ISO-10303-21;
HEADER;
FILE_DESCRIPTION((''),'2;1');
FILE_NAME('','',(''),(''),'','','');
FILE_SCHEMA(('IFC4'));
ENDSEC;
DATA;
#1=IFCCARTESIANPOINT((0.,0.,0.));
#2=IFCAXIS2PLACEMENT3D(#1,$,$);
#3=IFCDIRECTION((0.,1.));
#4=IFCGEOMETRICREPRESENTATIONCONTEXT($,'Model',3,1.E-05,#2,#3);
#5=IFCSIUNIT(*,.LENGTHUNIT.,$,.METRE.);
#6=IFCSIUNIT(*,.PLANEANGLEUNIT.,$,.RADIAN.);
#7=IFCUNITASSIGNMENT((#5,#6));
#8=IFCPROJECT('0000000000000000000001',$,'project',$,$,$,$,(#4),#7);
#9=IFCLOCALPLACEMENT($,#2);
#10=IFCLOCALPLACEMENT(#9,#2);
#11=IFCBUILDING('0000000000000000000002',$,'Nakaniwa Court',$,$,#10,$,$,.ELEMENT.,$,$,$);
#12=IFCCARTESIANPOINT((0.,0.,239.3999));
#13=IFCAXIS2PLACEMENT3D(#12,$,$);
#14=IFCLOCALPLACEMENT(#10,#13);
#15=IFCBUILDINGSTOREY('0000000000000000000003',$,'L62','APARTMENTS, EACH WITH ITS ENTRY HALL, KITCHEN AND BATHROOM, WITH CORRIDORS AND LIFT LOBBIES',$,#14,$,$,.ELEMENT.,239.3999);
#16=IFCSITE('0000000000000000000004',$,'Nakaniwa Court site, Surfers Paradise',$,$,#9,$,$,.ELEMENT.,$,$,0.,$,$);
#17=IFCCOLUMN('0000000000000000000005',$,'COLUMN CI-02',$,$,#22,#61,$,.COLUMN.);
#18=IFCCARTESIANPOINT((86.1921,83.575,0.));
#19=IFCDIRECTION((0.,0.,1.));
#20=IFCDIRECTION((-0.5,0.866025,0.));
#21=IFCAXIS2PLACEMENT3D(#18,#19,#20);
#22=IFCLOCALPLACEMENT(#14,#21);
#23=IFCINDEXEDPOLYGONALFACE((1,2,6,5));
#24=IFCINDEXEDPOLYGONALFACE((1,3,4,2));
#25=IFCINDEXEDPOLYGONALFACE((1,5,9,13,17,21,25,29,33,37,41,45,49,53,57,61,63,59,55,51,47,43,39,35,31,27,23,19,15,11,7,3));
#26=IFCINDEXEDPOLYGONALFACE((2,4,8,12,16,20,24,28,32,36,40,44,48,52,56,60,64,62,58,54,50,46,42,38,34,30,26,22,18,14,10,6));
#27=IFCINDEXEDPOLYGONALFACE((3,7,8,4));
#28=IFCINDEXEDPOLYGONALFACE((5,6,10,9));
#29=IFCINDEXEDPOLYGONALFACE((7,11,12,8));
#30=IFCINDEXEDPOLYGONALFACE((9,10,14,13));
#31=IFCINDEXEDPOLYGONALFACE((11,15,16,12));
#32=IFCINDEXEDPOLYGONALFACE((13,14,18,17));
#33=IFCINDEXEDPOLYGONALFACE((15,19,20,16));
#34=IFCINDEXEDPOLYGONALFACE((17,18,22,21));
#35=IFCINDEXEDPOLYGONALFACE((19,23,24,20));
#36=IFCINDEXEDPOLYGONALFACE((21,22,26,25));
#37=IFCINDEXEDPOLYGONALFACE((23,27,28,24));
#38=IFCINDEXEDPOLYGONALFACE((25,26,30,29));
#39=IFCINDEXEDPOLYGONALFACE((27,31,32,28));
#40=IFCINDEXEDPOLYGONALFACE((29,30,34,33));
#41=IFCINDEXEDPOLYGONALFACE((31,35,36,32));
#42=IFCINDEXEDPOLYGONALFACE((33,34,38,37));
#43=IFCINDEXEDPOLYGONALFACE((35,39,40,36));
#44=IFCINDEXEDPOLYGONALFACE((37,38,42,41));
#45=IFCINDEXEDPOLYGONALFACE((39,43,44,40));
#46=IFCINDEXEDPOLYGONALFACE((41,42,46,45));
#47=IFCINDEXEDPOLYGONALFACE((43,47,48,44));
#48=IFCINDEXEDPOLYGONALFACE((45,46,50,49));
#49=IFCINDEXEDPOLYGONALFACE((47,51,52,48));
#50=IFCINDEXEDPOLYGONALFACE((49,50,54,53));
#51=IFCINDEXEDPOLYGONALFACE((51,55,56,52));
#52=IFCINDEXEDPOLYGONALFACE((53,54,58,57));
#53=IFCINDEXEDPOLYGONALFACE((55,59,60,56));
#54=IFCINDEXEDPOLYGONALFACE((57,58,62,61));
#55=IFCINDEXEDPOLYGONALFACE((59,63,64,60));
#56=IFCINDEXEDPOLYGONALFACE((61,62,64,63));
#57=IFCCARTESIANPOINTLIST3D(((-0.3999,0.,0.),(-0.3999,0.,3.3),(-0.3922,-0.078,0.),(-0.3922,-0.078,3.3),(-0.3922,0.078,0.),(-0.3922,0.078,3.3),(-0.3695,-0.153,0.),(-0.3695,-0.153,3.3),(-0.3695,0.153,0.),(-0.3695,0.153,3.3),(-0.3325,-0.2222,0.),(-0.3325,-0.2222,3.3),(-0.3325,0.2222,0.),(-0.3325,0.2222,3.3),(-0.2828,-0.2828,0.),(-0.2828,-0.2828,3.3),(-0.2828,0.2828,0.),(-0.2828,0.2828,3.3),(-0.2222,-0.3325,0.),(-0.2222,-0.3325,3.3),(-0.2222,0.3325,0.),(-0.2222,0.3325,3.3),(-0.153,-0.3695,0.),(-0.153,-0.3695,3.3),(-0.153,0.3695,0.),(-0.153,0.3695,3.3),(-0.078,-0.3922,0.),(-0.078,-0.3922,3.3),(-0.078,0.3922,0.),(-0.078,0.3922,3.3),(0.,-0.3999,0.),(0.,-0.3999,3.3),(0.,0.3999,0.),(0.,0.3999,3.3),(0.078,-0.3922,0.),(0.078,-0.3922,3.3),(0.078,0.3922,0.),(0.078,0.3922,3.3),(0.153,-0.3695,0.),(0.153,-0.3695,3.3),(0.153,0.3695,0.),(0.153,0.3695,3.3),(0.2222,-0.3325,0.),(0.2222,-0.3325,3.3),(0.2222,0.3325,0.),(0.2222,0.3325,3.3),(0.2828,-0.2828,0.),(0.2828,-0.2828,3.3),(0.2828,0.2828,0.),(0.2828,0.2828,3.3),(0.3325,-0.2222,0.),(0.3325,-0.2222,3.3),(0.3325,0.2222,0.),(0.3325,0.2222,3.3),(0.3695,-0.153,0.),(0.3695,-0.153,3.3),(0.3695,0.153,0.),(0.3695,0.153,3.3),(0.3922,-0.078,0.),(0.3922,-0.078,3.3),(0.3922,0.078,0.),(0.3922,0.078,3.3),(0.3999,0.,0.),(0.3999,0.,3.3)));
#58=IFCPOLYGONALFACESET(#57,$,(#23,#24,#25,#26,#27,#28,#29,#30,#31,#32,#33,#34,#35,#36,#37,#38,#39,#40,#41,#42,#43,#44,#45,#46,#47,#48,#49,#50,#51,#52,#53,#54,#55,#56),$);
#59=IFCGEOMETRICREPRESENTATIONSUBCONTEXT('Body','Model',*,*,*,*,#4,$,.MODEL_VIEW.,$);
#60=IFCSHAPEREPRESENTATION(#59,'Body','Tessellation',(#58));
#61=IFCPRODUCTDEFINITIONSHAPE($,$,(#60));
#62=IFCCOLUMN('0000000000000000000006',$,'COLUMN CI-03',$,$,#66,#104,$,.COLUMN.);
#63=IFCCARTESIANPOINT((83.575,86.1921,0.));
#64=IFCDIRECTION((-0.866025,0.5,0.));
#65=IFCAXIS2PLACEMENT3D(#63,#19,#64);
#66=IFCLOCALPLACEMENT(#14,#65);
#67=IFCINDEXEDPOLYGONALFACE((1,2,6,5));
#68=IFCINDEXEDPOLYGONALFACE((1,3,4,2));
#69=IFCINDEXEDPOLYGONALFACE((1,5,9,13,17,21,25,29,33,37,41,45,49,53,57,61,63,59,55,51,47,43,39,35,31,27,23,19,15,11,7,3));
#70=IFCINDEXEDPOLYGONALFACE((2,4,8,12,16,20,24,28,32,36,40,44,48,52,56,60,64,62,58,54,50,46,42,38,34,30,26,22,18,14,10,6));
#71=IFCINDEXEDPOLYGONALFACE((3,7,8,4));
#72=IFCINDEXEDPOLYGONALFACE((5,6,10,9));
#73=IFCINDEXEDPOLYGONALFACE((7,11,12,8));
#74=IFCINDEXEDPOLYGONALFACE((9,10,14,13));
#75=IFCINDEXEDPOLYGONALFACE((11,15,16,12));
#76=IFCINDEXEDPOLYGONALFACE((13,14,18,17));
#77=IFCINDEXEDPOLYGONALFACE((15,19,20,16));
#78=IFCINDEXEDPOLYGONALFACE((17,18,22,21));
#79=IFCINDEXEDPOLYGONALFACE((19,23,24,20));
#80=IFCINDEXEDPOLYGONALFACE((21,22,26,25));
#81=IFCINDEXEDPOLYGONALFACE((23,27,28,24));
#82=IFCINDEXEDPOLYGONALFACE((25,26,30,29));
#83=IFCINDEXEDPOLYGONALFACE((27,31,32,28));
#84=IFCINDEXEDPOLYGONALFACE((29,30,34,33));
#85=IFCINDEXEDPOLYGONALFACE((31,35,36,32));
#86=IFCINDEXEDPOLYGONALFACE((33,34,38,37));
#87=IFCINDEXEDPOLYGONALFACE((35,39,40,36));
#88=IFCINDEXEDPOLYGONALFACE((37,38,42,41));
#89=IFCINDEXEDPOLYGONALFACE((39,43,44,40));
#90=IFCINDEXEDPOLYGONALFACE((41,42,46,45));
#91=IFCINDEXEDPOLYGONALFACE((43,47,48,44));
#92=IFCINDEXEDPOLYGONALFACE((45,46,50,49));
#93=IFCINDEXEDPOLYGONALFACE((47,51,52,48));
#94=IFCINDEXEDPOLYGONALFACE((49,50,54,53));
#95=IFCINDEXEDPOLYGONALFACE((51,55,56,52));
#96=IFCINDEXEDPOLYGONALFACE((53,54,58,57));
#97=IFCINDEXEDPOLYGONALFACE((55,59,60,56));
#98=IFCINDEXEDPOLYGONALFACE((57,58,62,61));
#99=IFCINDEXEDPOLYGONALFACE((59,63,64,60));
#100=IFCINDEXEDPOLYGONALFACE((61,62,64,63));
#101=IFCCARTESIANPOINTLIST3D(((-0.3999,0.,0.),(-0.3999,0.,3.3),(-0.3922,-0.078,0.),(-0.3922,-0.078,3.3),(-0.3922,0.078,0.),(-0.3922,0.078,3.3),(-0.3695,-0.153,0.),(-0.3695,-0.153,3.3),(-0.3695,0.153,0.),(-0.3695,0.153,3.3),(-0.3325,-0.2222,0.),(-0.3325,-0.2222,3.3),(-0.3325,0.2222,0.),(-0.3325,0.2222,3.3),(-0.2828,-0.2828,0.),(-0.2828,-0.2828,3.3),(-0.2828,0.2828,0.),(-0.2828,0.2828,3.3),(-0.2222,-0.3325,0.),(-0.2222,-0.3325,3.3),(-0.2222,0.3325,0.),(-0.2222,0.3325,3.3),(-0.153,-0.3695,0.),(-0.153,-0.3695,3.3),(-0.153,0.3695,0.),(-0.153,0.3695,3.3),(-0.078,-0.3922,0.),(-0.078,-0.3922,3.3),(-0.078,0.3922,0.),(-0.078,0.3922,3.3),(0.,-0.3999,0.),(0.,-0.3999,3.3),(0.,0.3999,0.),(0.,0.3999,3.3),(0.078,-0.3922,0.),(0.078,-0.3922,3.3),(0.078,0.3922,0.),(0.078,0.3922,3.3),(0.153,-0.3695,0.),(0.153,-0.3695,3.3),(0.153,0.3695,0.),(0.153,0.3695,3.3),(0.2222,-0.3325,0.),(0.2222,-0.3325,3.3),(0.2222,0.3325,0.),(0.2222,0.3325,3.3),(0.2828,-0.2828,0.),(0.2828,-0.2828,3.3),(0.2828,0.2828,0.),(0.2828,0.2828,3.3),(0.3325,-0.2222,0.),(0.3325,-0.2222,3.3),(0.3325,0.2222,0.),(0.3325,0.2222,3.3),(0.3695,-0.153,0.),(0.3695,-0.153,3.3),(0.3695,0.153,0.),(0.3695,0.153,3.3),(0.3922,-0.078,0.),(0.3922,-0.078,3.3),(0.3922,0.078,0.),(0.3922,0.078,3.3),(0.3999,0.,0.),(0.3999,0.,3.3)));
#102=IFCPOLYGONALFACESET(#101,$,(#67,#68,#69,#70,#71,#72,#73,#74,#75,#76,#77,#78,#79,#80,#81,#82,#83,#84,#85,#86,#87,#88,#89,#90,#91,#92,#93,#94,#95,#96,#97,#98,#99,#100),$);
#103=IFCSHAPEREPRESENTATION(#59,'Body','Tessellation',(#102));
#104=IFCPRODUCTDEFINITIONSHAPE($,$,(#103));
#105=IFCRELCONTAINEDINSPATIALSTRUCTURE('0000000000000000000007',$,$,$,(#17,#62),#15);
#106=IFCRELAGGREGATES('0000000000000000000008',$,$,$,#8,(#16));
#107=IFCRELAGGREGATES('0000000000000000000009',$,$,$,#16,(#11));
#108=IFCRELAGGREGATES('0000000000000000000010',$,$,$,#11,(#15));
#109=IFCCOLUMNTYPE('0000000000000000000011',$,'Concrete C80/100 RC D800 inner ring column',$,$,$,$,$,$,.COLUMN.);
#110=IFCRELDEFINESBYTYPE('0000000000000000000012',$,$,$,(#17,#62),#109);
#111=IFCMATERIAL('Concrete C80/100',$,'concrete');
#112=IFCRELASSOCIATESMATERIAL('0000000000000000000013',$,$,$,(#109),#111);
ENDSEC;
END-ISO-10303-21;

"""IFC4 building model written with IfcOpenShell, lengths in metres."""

from ifc_helpers import new_model, si_unit, direction, frame, origin, origin_2d, place, context, subcontext, project, spatial, circle, extrude, material, material_profile, profile_set, type_object, element, save


model = new_model("IFC4")

# Units and contexts
model_context = context("Model", 3, precision=1e-05, world=origin(), true_north=direction((0.0, 1.0)))
body_context = subcontext(model_context, "Body", "Model", "MODEL_VIEW")
ifc_project = project(units=[si_unit("LENGTHUNIT", "METRE"), si_unit("PLANEANGLEUNIT", "RADIAN")], contexts=[model_context])

# Site, building, storey
site_placement = place(None, origin())
site = spatial("IfcSite", under=ifc_project, at=site_placement, Name="Nakaniwa Court site, Surfers Paradise", CompositionType="ELEMENT", RefElevation=0.0)
building_placement = place(site_placement, origin())
building = spatial("IfcBuilding", under=site, at=building_placement, Name="Nakaniwa Court", CompositionType="ELEMENT")
storey_placement = place(building_placement, frame((0.0, 0.0, 239.3999)))
storey = spatial("IfcBuildingStorey", under=building, at=storey_placement, Name="L62", Description="APARTMENTS, EACH WITH ITS ENTRY HALL, KITCHEN AND BATHROOM, WITH CORRIDORS AND LIFT LOBBIES", CompositionType="ELEMENT", Elevation=239.3999)

# Columns
ifc_material_1 = material(Name="Concrete C80/100", Category="concrete")
ifc_material_profile_1 = material_profile(ifc_material_1, circle(Radius=0.3999, at=origin_2d()), Name="Concrete C80/100 RC D800 inner ring column")
ifc_profile_set_1 = profile_set([ifc_material_profile_1], Name="Concrete C80/100")
column_type = type_object("IfcColumnType", Name="Concrete C80/100 RC D800 inner ring column", PredefinedType="COLUMN", material=ifc_profile_set_1)
for number, where, z_axis, x_axis, name in (
    (1, (86.1921, 83.575, 0.0), (0.0, 0.0, 1.0), (-0.5, 0.866025, 0.0), "COLUMN CI-02"),
    (2, (83.575, 86.1921, 0.0), (0.0, 0.0, 1.0), (-0.866025, 0.5, 0.0), "COLUMN CI-03"),
):
    element("IfcColumn", number, at=place(storey_placement, frame(where, z_axis=z_axis, x_axis=x_axis)), inside=storey, type_object=column_type, Name=name, PredefinedType="COLUMN", context=body_context, shape_type="SweptSolid", body=[
        extrude(circle(Radius=0.3999, at=origin_2d()), origin(), (0.0, 0.0, 1.0), 3.3),
    ])

save(model, "model.ifc")
